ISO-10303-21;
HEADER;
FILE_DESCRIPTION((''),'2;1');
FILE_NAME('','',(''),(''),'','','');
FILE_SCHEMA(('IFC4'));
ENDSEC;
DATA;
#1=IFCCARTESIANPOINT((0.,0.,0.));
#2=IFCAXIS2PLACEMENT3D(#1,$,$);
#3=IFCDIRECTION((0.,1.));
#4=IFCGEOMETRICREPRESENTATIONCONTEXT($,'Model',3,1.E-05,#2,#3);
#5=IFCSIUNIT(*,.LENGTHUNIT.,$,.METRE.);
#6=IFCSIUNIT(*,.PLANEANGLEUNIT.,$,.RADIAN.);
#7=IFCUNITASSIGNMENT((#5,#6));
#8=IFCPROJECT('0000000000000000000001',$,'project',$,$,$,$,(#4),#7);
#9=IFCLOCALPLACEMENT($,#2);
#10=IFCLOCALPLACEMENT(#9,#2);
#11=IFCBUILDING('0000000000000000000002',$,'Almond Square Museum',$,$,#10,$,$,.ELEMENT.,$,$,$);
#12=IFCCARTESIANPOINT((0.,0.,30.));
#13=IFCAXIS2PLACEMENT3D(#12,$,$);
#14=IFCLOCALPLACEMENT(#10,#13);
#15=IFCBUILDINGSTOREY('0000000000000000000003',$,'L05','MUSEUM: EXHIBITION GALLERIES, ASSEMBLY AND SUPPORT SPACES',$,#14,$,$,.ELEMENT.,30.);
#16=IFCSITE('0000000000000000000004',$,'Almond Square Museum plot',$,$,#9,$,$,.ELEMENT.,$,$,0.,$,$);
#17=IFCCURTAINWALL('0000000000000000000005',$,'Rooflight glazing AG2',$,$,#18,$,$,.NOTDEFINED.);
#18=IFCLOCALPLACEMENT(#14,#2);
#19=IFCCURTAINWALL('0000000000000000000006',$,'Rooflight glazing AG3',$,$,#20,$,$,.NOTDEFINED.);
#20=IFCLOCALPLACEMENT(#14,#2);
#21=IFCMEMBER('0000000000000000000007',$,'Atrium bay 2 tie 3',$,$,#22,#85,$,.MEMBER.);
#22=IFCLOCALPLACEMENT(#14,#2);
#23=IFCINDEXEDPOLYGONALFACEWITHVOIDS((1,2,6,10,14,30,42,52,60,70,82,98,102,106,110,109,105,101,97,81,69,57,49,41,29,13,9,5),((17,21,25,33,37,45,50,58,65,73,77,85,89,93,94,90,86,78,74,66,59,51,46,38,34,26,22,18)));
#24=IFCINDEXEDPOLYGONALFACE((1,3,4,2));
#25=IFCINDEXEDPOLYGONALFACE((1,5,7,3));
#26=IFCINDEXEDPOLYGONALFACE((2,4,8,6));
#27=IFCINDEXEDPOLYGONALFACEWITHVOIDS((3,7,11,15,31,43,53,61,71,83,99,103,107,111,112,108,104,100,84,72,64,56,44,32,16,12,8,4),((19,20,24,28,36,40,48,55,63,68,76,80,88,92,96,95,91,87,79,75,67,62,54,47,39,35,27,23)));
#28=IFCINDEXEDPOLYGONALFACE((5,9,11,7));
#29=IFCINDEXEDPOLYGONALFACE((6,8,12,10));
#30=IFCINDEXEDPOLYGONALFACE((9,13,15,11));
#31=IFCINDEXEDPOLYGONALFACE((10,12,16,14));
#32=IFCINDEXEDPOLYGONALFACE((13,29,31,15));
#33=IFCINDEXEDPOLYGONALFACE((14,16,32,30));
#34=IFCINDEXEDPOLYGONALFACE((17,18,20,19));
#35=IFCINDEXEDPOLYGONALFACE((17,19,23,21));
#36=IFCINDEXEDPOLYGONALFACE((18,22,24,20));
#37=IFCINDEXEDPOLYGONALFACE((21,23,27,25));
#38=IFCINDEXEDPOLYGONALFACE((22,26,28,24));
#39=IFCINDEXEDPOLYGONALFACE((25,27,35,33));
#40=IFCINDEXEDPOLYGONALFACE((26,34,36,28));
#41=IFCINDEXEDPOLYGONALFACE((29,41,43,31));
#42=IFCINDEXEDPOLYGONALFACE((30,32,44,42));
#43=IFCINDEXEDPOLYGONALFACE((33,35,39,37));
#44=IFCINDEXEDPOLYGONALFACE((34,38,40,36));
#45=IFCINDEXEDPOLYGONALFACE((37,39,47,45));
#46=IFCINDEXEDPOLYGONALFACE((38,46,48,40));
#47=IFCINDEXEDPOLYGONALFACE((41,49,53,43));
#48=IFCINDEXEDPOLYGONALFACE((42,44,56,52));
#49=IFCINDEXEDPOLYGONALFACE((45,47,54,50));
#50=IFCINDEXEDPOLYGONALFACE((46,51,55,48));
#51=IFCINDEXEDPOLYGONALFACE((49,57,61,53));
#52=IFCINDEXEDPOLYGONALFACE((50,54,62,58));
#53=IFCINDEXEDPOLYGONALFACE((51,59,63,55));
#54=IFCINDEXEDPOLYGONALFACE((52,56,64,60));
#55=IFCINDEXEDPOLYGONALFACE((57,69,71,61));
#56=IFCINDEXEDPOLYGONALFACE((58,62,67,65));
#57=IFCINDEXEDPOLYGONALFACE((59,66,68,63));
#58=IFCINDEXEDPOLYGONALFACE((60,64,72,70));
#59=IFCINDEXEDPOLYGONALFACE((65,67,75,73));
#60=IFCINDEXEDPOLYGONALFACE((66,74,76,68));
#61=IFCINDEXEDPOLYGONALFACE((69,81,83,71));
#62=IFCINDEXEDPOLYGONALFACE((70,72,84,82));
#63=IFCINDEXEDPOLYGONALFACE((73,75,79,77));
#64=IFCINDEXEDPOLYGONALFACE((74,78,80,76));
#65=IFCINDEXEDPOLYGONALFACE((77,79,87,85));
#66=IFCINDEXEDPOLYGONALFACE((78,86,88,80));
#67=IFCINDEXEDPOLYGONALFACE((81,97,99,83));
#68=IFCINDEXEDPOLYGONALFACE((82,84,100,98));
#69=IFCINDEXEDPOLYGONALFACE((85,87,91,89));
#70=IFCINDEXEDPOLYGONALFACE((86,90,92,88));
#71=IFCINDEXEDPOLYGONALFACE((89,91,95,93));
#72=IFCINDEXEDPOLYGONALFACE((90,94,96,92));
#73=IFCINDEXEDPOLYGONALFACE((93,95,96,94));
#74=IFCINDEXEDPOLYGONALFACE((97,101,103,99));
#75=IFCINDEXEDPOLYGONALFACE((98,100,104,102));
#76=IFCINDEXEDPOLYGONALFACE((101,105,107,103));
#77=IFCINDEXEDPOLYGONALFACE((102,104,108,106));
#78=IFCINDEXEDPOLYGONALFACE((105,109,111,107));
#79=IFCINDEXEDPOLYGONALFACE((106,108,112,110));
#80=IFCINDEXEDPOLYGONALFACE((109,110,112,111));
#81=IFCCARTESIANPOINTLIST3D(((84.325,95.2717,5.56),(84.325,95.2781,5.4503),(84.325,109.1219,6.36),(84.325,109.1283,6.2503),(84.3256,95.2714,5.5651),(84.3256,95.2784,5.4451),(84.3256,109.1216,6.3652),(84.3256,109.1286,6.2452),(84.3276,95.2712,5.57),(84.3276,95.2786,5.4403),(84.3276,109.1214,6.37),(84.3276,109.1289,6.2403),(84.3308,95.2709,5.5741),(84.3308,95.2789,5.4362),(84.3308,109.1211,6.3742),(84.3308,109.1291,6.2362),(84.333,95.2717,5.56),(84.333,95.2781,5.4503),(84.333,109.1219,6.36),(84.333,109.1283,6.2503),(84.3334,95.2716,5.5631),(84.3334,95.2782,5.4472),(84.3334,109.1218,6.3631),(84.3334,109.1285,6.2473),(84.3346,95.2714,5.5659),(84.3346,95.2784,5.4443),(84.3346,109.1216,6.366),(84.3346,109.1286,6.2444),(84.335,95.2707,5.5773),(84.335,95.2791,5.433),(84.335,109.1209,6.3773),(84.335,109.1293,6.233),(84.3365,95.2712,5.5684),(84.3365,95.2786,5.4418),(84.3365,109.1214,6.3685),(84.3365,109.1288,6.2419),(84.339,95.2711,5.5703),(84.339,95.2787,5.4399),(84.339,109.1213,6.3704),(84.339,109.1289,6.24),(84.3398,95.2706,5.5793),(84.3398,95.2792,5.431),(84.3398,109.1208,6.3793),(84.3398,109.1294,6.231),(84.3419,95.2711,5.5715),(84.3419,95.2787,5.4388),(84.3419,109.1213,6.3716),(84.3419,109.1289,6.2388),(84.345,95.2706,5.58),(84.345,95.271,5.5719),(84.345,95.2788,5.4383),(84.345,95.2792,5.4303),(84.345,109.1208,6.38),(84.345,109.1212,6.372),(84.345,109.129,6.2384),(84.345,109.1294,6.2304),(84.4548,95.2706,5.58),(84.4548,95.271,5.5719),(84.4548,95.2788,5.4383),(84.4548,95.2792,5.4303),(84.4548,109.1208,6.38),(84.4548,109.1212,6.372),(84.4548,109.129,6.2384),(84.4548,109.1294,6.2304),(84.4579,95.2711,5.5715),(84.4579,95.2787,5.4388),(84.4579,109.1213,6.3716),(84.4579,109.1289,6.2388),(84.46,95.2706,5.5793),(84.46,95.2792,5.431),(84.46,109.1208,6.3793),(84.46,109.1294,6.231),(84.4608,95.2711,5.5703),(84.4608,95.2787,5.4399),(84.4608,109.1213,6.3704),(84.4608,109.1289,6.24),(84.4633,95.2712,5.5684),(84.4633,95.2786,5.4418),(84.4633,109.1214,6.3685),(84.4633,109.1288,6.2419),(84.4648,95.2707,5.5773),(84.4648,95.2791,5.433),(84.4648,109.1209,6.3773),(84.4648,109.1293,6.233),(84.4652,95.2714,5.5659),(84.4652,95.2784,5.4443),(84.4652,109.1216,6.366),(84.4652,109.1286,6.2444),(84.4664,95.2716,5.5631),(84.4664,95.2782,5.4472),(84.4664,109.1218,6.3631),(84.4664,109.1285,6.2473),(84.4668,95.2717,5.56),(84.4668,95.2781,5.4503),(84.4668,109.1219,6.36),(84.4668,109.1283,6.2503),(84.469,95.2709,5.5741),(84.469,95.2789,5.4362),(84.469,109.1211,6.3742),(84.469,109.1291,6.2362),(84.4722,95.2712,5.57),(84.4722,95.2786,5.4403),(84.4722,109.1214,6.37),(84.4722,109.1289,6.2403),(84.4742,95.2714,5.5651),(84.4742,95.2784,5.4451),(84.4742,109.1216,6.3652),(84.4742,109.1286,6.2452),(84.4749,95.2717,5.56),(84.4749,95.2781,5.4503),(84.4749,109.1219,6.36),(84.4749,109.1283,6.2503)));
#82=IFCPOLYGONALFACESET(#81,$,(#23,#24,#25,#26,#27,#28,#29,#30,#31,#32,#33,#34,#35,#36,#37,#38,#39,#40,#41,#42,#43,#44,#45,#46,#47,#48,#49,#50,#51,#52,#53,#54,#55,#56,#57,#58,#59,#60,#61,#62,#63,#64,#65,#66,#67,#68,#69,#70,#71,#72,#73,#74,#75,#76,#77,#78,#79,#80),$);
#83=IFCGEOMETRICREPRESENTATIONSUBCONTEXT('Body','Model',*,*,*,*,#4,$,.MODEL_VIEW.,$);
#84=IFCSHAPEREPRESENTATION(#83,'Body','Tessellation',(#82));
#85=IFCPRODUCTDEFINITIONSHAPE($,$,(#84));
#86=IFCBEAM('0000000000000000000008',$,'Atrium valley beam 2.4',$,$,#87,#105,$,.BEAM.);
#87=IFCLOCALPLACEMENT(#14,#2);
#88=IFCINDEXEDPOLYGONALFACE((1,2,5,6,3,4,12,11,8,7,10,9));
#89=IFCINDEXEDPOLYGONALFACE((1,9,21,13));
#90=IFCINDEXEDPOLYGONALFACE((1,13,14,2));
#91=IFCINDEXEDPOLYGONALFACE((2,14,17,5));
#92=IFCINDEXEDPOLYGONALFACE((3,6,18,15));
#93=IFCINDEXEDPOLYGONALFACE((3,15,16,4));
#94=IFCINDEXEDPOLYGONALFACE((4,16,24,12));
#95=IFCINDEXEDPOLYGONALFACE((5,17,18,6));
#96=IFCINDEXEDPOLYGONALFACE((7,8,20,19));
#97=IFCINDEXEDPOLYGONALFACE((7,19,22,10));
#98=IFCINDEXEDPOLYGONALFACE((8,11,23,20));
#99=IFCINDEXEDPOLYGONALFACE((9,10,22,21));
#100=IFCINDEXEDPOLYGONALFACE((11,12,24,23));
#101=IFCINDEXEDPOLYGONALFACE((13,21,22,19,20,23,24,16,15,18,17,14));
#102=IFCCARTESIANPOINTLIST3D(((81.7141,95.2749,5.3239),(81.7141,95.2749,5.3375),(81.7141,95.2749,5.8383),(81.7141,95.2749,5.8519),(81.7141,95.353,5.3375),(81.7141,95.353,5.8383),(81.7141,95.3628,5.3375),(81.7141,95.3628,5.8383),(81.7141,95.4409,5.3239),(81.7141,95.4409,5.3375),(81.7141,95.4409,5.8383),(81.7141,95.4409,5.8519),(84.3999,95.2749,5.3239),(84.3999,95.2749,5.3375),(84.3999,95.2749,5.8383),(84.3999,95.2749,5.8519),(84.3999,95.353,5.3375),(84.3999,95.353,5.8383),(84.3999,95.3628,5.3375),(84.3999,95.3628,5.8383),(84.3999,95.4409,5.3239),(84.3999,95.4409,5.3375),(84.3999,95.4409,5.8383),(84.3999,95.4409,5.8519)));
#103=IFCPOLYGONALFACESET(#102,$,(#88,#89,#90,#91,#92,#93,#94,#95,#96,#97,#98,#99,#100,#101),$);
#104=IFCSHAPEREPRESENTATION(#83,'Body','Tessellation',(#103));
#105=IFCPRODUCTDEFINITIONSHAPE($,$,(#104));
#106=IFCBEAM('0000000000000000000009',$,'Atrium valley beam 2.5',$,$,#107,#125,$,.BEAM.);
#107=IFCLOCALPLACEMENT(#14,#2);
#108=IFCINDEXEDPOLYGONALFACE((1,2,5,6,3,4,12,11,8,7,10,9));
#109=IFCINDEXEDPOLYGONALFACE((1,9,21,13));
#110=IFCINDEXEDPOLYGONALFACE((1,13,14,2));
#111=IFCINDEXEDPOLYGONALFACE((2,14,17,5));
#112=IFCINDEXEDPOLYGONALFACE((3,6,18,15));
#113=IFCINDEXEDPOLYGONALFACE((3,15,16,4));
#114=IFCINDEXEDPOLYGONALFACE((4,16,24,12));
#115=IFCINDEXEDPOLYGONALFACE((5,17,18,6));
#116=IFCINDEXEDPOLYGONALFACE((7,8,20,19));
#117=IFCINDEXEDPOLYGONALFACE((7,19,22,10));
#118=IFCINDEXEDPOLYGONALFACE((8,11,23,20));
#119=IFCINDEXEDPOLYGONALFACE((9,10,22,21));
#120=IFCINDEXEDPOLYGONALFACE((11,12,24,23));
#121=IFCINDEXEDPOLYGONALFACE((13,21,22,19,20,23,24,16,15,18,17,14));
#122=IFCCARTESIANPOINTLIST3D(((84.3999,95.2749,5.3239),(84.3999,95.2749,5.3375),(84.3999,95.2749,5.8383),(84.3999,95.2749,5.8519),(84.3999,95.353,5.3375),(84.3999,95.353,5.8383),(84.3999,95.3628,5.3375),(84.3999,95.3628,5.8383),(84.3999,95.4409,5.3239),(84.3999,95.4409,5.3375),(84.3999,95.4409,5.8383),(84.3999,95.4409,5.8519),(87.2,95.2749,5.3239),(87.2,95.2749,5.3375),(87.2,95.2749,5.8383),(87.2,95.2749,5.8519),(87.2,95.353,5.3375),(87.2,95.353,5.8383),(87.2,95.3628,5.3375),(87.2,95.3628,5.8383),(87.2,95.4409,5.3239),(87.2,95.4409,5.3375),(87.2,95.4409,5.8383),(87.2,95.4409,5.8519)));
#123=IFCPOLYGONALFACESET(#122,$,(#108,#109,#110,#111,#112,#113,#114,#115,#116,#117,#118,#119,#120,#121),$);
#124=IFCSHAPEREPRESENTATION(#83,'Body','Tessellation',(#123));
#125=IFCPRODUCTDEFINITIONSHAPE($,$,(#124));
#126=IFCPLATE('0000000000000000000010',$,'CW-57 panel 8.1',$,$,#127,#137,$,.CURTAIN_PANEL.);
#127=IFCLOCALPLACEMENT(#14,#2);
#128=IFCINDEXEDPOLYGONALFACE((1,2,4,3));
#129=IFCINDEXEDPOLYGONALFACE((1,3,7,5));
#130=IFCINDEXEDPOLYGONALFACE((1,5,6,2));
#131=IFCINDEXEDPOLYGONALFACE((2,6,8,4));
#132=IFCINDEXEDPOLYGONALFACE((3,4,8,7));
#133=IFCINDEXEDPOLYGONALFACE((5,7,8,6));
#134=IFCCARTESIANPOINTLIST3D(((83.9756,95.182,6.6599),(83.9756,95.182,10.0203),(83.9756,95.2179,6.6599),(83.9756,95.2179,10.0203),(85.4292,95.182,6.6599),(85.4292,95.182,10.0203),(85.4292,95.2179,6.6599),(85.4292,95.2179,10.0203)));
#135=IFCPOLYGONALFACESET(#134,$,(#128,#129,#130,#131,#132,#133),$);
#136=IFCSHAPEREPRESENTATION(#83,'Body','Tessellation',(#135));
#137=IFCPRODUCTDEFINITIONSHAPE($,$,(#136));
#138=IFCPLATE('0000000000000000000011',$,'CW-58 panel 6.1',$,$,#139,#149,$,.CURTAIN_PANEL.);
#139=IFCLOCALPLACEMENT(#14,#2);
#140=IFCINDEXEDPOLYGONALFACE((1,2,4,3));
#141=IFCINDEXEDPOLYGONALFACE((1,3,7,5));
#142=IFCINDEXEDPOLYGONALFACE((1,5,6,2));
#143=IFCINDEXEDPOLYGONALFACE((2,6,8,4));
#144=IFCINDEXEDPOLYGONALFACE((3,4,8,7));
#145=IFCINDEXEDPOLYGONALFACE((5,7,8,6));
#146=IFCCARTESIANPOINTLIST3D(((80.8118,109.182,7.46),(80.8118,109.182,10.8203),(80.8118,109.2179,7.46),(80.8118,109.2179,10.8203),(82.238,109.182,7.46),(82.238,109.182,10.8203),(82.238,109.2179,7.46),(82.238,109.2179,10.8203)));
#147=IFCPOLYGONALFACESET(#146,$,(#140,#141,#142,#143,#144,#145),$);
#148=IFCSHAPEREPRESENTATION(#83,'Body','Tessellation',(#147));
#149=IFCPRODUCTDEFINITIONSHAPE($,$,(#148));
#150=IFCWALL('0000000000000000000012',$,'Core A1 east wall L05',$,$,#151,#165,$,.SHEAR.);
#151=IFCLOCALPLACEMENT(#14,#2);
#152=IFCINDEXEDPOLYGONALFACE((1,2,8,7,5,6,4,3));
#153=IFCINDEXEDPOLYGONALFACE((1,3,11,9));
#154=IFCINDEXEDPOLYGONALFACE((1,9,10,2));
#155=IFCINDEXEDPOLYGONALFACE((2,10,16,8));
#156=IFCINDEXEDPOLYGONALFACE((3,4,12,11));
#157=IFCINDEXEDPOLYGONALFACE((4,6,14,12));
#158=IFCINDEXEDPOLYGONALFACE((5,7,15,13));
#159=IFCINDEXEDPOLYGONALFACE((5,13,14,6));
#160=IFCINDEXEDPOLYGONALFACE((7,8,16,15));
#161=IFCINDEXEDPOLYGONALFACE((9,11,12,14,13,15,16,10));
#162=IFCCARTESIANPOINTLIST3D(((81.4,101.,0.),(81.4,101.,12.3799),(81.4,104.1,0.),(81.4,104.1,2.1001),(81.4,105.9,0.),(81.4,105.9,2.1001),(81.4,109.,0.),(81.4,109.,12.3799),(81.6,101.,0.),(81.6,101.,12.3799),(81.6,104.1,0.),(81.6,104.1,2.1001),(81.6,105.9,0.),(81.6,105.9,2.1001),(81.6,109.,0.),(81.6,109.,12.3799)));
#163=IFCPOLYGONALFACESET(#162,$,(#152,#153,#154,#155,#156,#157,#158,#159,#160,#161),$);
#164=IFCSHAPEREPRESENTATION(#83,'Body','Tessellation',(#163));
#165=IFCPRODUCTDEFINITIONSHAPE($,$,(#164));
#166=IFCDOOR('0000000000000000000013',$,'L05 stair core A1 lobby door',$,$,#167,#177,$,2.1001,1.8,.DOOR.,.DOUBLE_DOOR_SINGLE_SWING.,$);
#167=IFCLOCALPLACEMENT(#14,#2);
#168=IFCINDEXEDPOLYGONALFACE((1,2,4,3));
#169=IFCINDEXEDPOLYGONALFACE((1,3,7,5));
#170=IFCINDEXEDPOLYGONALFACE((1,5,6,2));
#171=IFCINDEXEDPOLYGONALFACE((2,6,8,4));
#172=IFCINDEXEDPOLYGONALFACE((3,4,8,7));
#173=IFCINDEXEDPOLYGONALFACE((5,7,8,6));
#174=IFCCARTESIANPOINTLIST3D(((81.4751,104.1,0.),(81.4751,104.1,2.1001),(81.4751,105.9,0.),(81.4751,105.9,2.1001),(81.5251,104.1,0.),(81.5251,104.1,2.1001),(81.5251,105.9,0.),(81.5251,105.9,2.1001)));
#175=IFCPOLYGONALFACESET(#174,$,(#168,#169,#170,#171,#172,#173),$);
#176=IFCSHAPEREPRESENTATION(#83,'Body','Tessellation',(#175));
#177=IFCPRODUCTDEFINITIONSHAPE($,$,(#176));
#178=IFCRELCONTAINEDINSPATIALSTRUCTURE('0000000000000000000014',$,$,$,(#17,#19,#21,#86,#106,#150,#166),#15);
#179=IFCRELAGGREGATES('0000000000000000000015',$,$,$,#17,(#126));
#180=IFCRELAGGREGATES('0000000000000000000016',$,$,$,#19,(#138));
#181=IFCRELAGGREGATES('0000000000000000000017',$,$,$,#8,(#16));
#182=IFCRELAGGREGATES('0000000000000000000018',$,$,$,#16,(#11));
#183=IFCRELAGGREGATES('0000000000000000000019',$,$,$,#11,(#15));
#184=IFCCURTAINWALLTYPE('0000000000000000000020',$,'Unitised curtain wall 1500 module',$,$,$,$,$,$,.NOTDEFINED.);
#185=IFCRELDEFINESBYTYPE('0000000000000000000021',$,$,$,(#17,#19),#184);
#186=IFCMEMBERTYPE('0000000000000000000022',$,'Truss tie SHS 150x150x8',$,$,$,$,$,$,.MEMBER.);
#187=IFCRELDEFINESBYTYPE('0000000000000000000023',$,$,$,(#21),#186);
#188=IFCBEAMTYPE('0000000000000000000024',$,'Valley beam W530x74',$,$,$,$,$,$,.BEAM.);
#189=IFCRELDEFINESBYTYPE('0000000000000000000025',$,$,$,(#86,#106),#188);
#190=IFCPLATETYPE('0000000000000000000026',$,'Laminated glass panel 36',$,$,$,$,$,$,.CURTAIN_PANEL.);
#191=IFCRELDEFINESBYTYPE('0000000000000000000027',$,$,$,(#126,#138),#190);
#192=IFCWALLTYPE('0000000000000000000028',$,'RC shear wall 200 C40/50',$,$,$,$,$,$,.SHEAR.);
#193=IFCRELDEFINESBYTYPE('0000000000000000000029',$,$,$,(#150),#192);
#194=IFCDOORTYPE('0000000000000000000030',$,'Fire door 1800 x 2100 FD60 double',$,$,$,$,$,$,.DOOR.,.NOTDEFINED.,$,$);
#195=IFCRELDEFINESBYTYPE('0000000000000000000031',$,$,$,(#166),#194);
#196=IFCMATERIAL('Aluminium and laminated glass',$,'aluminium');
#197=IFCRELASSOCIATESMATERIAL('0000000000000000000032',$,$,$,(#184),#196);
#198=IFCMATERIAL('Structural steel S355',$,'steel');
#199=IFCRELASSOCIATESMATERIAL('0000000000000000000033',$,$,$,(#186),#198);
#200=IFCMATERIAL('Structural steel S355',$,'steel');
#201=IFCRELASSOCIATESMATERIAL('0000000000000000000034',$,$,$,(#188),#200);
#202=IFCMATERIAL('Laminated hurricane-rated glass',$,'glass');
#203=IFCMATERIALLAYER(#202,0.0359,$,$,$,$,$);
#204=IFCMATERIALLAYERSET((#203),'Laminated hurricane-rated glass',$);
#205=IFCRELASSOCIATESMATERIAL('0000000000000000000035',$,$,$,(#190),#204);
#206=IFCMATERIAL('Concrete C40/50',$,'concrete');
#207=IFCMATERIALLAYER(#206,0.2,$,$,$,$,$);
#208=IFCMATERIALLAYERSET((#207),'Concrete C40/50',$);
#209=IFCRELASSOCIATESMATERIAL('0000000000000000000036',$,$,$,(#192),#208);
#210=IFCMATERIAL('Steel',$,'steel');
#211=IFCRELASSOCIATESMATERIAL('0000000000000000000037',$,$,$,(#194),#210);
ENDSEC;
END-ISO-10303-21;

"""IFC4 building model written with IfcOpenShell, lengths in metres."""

from ifc_helpers import new_model, si_unit, direction, frame, frame_2d, origin, origin_2d, place, context, subcontext, project, spatial, rectangle, hollow_rectangle, i_section, extrude, material, layer, layer_set, material_profile, profile_set, type_object, element, fill, aggregate, save


model = new_model("IFC4")

# Units and contexts
model_context = context("Model", 3, precision=1e-05, world=origin(), true_north=direction((0.0, 1.0)))
body_context = subcontext(model_context, "Body", "Model", "MODEL_VIEW")
ifc_project = project(units=[si_unit("LENGTHUNIT", "METRE"), si_unit("PLANEANGLEUNIT", "RADIAN")], contexts=[model_context])

# Site, building, storey
site_placement = place(None, origin())
site = spatial("IfcSite", under=ifc_project, at=site_placement, Name="Almond Square Museum plot", CompositionType="ELEMENT", RefElevation=0.0)
building_placement = place(site_placement, origin())
building = spatial("IfcBuilding", under=site, at=building_placement, Name="Almond Square Museum", CompositionType="ELEMENT")
storey_placement = place(building_placement, frame((0.0, 0.0, 30.0)))
storey = spatial("IfcBuildingStorey", under=building, at=storey_placement, Name="L05", Description="MUSEUM: EXHIBITION GALLERIES, ASSEMBLY AND SUPPORT SPACES", CompositionType="ELEMENT", Elevation=30.0)

# Curtain walls
ifc_material_1 = material(Name="Aluminium and laminated glass", Category="aluminium")
curtain_wall_type = type_object("IfcCurtainWallType", Name="Unitised curtain wall 1500 module", PredefinedType="NOTDEFINED", material=ifc_material_1)
curtain_wall_1_placement = place(storey_placement, origin())
curtain_wall_1 = element("IfcCurtainWall", 1, at=curtain_wall_1_placement, inside=storey, type_object=curtain_wall_type, Name="Rooflight glazing AG2", PredefinedType="NOTDEFINED")
curtain_wall_2_placement = place(storey_placement, origin())
curtain_wall_2 = element("IfcCurtainWall", 2, at=curtain_wall_2_placement, inside=storey, type_object=curtain_wall_type, Name="Rooflight glazing AG3", PredefinedType="NOTDEFINED")

# Member
ifc_material_2 = material(Name="Structural steel S355", Category="steel")
ifc_material_profile_1 = material_profile(ifc_material_2, hollow_rectangle(XDim=0.1499, YDim=0.1499, WallThickness=0.0081, InnerFilletRadius=0.012, OuterFilletRadius=0.02, at=origin_2d()))
ifc_profile_set_1 = profile_set([ifc_material_profile_1], Name="Structural steel S355")
member_type_1 = type_object("IfcMemberType", Name="Truss tie SHS 150x150x8", PredefinedType="MEMBER", material=ifc_profile_set_1)
member_1_placement = place(storey_placement, frame((84.3999, 95.2749, 5.5051), z_axis=(0.0, 0.998336, 0.057669), x_axis=(-1.0, 0.0, 0.0)))
element("IfcMember", 3, at=member_1_placement, inside=storey, type_object=member_type_1, Name="Atrium bay 2 tie 3", PredefinedType="MEMBER", context=body_context, shape_type="SweptSolid", body=[
    extrude(hollow_rectangle(XDim=0.1499, YDim=0.1499, WallThickness=0.0081, InnerFilletRadius=0.012, OuterFilletRadius=0.02, at=origin_2d()), origin(), (0.0, 0.0, 1.0), 13.8733),
])

# Beams
ifc_material_3 = material(Name="Structural steel S355", Category="steel")
ifc_material_profile_2 = material_profile(ifc_material_3, i_section(OverallWidth=0.166, OverallDepth=0.5281, WebThickness=0.0098, FlangeThickness=0.0137, at=origin_2d()))
ifc_profile_set_2 = profile_set([ifc_material_profile_2], Name="Structural steel S355")
beam_type_1 = type_object("IfcBeamType", Name="Valley beam W530x74", PredefinedType="BEAM", material=ifc_profile_set_2)
beam_1_placement = place(storey_placement, frame((81.7141, 95.3579, 5.5879), z_axis=(1.0, 0.0, 0.0), x_axis=(0.0, 1.0, 0.0)))
element("IfcBeam", 4, at=beam_1_placement, inside=storey, type_object=beam_type_1, Name="Atrium valley beam 2.4", PredefinedType="BEAM", context=body_context, shape_type="SweptSolid", body=[
    extrude(i_section(OverallWidth=0.166, OverallDepth=0.5281, WebThickness=0.0098, FlangeThickness=0.0137, at=origin_2d()), origin(), (0.0, 0.0, 1.0), 2.6858),
])
beam_2_placement = place(storey_placement, frame((84.3999, 95.3579, 5.5879), z_axis=(1.0, 0.0, 0.0), x_axis=(0.0, 1.0, 0.0)))
element("IfcBeam", 5, at=beam_2_placement, inside=storey, type_object=beam_type_1, Name="Atrium valley beam 2.5", PredefinedType="BEAM", context=body_context, shape_type="SweptSolid", body=[
    extrude(i_section(OverallWidth=0.166, OverallDepth=0.5281, WebThickness=0.0098, FlangeThickness=0.0137, at=origin_2d()), origin(), (0.0, 0.0, 1.0), 2.8),
])

# Plates
ifc_material_4 = material(Name="Laminated hurricane-rated glass", Category="glass")
ifc_layer_1 = layer(ifc_material_4, 0.0359)
ifc_layer_set_1 = layer_set([ifc_layer_1], Name="Laminated hurricane-rated glass")
plate_type = type_object("IfcPlateType", Name="Laminated glass panel 36", PredefinedType="CURTAIN_PANEL", material=ifc_layer_set_1)
plate_1_placement = place(storey_placement, frame((84.7024, 95.2, 6.6599), z_axis=(0.0, 0.0, 1.0), x_axis=(1.0, 0.0, 0.0)))
plate_1 = element("IfcPlate", 6, at=plate_1_placement, type_object=plate_type, Name="CW-57 panel 8.1", PredefinedType="CURTAIN_PANEL", context=body_context, shape_type="SweptSolid", body=[
    extrude(rectangle(XDim=1.4536, YDim=0.0359, at=origin_2d()), origin(), (0.0, 0.0, 1.0), 3.3604),
])
aggregate(curtain_wall_1, [plate_1])
plate_2_placement = place(storey_placement, frame((81.5249, 109.2, 7.46), z_axis=(0.0, 0.0, 1.0), x_axis=(1.0, 0.0, 0.0)))
plate_2 = element("IfcPlate", 7, at=plate_2_placement, type_object=plate_type, Name="CW-58 panel 6.1", PredefinedType="CURTAIN_PANEL", context=body_context, shape_type="SweptSolid", body=[
    extrude(rectangle(XDim=1.4263, YDim=0.0359, at=origin_2d()), origin(), (0.0, 0.0, 1.0), 3.3604),
])
aggregate(curtain_wall_2, [plate_2])

# Wall, opening, door
ifc_material_5 = material(Name="Concrete C40/50", Category="concrete")
ifc_layer_2 = layer(ifc_material_5, 0.2)
ifc_layer_set_2 = layer_set([ifc_layer_2], Name="Concrete C40/50")
wall_type = type_object("IfcWallType", Name="RC shear wall 200 C40/50", PredefinedType="SHEAR", material=ifc_layer_set_2)
wall_placement = place(storey_placement, frame((81.5, 101.0, 0.0), z_axis=(0.0, 0.0, 1.0), x_axis=(0.0, 1.0, 0.0)))
wall = element("IfcWall", 8, at=wall_placement, inside=storey, type_object=wall_type, Name="Core A1 east wall L05", PredefinedType="SHEAR", context=body_context, shape_type="SweptSolid", body=[
    extrude(rectangle(XDim=8.0, YDim=0.2, at=frame_2d((4.0, 0.0))), origin(), (0.0, 0.0, 1.0), 12.3799),
])
opening_placement = place(wall_placement, frame((3.1001, 0.0, 0.0)))
opening = element("IfcOpeningElement", 9, at=opening_placement, cuts=wall, PredefinedType="OPENING", context=body_context, shape_type="SweptSolid", body=[
    extrude(rectangle(XDim=1.8, YDim=2.1001, at=frame_2d((0.8999, 1.05))), frame((0.0, 0.1099, 0.0), z_axis=(0.0, -1.0, 0.0), x_axis=(1.0, 0.0, 0.0)), (0.0, 0.0, 1.0), 0.22),
])
ifc_material_6 = material(Name="Steel", Category="steel")
door_type = type_object("IfcDoorType", Name="Fire door 1800 x 2100 FD60 double", OperationType="NOTDEFINED", PredefinedType="DOOR", material=ifc_material_6)
door_placement = place(opening_placement, origin())
door = element("IfcDoor", 10, at=door_placement, inside=storey, type_object=door_type, Name="L05 stair core A1 lobby door", OperationType="DOUBLE_DOOR_SINGLE_SWING", OverallHeight=2.1001, OverallWidth=1.8, PredefinedType="DOOR", context=body_context, shape_type="SweptSolid", body=[
    extrude(rectangle(XDim=1.8, YDim=2.1001, at=frame_2d((0.8999, 1.05))), frame((0.0, 0.0249, 0.0), z_axis=(0.0, -1.0, 0.0), x_axis=(1.0, 0.0, 0.0)), (0.0, 0.0, 1.0), 0.05),
])
fill(opening, door)

save(model, "model.ifc")
